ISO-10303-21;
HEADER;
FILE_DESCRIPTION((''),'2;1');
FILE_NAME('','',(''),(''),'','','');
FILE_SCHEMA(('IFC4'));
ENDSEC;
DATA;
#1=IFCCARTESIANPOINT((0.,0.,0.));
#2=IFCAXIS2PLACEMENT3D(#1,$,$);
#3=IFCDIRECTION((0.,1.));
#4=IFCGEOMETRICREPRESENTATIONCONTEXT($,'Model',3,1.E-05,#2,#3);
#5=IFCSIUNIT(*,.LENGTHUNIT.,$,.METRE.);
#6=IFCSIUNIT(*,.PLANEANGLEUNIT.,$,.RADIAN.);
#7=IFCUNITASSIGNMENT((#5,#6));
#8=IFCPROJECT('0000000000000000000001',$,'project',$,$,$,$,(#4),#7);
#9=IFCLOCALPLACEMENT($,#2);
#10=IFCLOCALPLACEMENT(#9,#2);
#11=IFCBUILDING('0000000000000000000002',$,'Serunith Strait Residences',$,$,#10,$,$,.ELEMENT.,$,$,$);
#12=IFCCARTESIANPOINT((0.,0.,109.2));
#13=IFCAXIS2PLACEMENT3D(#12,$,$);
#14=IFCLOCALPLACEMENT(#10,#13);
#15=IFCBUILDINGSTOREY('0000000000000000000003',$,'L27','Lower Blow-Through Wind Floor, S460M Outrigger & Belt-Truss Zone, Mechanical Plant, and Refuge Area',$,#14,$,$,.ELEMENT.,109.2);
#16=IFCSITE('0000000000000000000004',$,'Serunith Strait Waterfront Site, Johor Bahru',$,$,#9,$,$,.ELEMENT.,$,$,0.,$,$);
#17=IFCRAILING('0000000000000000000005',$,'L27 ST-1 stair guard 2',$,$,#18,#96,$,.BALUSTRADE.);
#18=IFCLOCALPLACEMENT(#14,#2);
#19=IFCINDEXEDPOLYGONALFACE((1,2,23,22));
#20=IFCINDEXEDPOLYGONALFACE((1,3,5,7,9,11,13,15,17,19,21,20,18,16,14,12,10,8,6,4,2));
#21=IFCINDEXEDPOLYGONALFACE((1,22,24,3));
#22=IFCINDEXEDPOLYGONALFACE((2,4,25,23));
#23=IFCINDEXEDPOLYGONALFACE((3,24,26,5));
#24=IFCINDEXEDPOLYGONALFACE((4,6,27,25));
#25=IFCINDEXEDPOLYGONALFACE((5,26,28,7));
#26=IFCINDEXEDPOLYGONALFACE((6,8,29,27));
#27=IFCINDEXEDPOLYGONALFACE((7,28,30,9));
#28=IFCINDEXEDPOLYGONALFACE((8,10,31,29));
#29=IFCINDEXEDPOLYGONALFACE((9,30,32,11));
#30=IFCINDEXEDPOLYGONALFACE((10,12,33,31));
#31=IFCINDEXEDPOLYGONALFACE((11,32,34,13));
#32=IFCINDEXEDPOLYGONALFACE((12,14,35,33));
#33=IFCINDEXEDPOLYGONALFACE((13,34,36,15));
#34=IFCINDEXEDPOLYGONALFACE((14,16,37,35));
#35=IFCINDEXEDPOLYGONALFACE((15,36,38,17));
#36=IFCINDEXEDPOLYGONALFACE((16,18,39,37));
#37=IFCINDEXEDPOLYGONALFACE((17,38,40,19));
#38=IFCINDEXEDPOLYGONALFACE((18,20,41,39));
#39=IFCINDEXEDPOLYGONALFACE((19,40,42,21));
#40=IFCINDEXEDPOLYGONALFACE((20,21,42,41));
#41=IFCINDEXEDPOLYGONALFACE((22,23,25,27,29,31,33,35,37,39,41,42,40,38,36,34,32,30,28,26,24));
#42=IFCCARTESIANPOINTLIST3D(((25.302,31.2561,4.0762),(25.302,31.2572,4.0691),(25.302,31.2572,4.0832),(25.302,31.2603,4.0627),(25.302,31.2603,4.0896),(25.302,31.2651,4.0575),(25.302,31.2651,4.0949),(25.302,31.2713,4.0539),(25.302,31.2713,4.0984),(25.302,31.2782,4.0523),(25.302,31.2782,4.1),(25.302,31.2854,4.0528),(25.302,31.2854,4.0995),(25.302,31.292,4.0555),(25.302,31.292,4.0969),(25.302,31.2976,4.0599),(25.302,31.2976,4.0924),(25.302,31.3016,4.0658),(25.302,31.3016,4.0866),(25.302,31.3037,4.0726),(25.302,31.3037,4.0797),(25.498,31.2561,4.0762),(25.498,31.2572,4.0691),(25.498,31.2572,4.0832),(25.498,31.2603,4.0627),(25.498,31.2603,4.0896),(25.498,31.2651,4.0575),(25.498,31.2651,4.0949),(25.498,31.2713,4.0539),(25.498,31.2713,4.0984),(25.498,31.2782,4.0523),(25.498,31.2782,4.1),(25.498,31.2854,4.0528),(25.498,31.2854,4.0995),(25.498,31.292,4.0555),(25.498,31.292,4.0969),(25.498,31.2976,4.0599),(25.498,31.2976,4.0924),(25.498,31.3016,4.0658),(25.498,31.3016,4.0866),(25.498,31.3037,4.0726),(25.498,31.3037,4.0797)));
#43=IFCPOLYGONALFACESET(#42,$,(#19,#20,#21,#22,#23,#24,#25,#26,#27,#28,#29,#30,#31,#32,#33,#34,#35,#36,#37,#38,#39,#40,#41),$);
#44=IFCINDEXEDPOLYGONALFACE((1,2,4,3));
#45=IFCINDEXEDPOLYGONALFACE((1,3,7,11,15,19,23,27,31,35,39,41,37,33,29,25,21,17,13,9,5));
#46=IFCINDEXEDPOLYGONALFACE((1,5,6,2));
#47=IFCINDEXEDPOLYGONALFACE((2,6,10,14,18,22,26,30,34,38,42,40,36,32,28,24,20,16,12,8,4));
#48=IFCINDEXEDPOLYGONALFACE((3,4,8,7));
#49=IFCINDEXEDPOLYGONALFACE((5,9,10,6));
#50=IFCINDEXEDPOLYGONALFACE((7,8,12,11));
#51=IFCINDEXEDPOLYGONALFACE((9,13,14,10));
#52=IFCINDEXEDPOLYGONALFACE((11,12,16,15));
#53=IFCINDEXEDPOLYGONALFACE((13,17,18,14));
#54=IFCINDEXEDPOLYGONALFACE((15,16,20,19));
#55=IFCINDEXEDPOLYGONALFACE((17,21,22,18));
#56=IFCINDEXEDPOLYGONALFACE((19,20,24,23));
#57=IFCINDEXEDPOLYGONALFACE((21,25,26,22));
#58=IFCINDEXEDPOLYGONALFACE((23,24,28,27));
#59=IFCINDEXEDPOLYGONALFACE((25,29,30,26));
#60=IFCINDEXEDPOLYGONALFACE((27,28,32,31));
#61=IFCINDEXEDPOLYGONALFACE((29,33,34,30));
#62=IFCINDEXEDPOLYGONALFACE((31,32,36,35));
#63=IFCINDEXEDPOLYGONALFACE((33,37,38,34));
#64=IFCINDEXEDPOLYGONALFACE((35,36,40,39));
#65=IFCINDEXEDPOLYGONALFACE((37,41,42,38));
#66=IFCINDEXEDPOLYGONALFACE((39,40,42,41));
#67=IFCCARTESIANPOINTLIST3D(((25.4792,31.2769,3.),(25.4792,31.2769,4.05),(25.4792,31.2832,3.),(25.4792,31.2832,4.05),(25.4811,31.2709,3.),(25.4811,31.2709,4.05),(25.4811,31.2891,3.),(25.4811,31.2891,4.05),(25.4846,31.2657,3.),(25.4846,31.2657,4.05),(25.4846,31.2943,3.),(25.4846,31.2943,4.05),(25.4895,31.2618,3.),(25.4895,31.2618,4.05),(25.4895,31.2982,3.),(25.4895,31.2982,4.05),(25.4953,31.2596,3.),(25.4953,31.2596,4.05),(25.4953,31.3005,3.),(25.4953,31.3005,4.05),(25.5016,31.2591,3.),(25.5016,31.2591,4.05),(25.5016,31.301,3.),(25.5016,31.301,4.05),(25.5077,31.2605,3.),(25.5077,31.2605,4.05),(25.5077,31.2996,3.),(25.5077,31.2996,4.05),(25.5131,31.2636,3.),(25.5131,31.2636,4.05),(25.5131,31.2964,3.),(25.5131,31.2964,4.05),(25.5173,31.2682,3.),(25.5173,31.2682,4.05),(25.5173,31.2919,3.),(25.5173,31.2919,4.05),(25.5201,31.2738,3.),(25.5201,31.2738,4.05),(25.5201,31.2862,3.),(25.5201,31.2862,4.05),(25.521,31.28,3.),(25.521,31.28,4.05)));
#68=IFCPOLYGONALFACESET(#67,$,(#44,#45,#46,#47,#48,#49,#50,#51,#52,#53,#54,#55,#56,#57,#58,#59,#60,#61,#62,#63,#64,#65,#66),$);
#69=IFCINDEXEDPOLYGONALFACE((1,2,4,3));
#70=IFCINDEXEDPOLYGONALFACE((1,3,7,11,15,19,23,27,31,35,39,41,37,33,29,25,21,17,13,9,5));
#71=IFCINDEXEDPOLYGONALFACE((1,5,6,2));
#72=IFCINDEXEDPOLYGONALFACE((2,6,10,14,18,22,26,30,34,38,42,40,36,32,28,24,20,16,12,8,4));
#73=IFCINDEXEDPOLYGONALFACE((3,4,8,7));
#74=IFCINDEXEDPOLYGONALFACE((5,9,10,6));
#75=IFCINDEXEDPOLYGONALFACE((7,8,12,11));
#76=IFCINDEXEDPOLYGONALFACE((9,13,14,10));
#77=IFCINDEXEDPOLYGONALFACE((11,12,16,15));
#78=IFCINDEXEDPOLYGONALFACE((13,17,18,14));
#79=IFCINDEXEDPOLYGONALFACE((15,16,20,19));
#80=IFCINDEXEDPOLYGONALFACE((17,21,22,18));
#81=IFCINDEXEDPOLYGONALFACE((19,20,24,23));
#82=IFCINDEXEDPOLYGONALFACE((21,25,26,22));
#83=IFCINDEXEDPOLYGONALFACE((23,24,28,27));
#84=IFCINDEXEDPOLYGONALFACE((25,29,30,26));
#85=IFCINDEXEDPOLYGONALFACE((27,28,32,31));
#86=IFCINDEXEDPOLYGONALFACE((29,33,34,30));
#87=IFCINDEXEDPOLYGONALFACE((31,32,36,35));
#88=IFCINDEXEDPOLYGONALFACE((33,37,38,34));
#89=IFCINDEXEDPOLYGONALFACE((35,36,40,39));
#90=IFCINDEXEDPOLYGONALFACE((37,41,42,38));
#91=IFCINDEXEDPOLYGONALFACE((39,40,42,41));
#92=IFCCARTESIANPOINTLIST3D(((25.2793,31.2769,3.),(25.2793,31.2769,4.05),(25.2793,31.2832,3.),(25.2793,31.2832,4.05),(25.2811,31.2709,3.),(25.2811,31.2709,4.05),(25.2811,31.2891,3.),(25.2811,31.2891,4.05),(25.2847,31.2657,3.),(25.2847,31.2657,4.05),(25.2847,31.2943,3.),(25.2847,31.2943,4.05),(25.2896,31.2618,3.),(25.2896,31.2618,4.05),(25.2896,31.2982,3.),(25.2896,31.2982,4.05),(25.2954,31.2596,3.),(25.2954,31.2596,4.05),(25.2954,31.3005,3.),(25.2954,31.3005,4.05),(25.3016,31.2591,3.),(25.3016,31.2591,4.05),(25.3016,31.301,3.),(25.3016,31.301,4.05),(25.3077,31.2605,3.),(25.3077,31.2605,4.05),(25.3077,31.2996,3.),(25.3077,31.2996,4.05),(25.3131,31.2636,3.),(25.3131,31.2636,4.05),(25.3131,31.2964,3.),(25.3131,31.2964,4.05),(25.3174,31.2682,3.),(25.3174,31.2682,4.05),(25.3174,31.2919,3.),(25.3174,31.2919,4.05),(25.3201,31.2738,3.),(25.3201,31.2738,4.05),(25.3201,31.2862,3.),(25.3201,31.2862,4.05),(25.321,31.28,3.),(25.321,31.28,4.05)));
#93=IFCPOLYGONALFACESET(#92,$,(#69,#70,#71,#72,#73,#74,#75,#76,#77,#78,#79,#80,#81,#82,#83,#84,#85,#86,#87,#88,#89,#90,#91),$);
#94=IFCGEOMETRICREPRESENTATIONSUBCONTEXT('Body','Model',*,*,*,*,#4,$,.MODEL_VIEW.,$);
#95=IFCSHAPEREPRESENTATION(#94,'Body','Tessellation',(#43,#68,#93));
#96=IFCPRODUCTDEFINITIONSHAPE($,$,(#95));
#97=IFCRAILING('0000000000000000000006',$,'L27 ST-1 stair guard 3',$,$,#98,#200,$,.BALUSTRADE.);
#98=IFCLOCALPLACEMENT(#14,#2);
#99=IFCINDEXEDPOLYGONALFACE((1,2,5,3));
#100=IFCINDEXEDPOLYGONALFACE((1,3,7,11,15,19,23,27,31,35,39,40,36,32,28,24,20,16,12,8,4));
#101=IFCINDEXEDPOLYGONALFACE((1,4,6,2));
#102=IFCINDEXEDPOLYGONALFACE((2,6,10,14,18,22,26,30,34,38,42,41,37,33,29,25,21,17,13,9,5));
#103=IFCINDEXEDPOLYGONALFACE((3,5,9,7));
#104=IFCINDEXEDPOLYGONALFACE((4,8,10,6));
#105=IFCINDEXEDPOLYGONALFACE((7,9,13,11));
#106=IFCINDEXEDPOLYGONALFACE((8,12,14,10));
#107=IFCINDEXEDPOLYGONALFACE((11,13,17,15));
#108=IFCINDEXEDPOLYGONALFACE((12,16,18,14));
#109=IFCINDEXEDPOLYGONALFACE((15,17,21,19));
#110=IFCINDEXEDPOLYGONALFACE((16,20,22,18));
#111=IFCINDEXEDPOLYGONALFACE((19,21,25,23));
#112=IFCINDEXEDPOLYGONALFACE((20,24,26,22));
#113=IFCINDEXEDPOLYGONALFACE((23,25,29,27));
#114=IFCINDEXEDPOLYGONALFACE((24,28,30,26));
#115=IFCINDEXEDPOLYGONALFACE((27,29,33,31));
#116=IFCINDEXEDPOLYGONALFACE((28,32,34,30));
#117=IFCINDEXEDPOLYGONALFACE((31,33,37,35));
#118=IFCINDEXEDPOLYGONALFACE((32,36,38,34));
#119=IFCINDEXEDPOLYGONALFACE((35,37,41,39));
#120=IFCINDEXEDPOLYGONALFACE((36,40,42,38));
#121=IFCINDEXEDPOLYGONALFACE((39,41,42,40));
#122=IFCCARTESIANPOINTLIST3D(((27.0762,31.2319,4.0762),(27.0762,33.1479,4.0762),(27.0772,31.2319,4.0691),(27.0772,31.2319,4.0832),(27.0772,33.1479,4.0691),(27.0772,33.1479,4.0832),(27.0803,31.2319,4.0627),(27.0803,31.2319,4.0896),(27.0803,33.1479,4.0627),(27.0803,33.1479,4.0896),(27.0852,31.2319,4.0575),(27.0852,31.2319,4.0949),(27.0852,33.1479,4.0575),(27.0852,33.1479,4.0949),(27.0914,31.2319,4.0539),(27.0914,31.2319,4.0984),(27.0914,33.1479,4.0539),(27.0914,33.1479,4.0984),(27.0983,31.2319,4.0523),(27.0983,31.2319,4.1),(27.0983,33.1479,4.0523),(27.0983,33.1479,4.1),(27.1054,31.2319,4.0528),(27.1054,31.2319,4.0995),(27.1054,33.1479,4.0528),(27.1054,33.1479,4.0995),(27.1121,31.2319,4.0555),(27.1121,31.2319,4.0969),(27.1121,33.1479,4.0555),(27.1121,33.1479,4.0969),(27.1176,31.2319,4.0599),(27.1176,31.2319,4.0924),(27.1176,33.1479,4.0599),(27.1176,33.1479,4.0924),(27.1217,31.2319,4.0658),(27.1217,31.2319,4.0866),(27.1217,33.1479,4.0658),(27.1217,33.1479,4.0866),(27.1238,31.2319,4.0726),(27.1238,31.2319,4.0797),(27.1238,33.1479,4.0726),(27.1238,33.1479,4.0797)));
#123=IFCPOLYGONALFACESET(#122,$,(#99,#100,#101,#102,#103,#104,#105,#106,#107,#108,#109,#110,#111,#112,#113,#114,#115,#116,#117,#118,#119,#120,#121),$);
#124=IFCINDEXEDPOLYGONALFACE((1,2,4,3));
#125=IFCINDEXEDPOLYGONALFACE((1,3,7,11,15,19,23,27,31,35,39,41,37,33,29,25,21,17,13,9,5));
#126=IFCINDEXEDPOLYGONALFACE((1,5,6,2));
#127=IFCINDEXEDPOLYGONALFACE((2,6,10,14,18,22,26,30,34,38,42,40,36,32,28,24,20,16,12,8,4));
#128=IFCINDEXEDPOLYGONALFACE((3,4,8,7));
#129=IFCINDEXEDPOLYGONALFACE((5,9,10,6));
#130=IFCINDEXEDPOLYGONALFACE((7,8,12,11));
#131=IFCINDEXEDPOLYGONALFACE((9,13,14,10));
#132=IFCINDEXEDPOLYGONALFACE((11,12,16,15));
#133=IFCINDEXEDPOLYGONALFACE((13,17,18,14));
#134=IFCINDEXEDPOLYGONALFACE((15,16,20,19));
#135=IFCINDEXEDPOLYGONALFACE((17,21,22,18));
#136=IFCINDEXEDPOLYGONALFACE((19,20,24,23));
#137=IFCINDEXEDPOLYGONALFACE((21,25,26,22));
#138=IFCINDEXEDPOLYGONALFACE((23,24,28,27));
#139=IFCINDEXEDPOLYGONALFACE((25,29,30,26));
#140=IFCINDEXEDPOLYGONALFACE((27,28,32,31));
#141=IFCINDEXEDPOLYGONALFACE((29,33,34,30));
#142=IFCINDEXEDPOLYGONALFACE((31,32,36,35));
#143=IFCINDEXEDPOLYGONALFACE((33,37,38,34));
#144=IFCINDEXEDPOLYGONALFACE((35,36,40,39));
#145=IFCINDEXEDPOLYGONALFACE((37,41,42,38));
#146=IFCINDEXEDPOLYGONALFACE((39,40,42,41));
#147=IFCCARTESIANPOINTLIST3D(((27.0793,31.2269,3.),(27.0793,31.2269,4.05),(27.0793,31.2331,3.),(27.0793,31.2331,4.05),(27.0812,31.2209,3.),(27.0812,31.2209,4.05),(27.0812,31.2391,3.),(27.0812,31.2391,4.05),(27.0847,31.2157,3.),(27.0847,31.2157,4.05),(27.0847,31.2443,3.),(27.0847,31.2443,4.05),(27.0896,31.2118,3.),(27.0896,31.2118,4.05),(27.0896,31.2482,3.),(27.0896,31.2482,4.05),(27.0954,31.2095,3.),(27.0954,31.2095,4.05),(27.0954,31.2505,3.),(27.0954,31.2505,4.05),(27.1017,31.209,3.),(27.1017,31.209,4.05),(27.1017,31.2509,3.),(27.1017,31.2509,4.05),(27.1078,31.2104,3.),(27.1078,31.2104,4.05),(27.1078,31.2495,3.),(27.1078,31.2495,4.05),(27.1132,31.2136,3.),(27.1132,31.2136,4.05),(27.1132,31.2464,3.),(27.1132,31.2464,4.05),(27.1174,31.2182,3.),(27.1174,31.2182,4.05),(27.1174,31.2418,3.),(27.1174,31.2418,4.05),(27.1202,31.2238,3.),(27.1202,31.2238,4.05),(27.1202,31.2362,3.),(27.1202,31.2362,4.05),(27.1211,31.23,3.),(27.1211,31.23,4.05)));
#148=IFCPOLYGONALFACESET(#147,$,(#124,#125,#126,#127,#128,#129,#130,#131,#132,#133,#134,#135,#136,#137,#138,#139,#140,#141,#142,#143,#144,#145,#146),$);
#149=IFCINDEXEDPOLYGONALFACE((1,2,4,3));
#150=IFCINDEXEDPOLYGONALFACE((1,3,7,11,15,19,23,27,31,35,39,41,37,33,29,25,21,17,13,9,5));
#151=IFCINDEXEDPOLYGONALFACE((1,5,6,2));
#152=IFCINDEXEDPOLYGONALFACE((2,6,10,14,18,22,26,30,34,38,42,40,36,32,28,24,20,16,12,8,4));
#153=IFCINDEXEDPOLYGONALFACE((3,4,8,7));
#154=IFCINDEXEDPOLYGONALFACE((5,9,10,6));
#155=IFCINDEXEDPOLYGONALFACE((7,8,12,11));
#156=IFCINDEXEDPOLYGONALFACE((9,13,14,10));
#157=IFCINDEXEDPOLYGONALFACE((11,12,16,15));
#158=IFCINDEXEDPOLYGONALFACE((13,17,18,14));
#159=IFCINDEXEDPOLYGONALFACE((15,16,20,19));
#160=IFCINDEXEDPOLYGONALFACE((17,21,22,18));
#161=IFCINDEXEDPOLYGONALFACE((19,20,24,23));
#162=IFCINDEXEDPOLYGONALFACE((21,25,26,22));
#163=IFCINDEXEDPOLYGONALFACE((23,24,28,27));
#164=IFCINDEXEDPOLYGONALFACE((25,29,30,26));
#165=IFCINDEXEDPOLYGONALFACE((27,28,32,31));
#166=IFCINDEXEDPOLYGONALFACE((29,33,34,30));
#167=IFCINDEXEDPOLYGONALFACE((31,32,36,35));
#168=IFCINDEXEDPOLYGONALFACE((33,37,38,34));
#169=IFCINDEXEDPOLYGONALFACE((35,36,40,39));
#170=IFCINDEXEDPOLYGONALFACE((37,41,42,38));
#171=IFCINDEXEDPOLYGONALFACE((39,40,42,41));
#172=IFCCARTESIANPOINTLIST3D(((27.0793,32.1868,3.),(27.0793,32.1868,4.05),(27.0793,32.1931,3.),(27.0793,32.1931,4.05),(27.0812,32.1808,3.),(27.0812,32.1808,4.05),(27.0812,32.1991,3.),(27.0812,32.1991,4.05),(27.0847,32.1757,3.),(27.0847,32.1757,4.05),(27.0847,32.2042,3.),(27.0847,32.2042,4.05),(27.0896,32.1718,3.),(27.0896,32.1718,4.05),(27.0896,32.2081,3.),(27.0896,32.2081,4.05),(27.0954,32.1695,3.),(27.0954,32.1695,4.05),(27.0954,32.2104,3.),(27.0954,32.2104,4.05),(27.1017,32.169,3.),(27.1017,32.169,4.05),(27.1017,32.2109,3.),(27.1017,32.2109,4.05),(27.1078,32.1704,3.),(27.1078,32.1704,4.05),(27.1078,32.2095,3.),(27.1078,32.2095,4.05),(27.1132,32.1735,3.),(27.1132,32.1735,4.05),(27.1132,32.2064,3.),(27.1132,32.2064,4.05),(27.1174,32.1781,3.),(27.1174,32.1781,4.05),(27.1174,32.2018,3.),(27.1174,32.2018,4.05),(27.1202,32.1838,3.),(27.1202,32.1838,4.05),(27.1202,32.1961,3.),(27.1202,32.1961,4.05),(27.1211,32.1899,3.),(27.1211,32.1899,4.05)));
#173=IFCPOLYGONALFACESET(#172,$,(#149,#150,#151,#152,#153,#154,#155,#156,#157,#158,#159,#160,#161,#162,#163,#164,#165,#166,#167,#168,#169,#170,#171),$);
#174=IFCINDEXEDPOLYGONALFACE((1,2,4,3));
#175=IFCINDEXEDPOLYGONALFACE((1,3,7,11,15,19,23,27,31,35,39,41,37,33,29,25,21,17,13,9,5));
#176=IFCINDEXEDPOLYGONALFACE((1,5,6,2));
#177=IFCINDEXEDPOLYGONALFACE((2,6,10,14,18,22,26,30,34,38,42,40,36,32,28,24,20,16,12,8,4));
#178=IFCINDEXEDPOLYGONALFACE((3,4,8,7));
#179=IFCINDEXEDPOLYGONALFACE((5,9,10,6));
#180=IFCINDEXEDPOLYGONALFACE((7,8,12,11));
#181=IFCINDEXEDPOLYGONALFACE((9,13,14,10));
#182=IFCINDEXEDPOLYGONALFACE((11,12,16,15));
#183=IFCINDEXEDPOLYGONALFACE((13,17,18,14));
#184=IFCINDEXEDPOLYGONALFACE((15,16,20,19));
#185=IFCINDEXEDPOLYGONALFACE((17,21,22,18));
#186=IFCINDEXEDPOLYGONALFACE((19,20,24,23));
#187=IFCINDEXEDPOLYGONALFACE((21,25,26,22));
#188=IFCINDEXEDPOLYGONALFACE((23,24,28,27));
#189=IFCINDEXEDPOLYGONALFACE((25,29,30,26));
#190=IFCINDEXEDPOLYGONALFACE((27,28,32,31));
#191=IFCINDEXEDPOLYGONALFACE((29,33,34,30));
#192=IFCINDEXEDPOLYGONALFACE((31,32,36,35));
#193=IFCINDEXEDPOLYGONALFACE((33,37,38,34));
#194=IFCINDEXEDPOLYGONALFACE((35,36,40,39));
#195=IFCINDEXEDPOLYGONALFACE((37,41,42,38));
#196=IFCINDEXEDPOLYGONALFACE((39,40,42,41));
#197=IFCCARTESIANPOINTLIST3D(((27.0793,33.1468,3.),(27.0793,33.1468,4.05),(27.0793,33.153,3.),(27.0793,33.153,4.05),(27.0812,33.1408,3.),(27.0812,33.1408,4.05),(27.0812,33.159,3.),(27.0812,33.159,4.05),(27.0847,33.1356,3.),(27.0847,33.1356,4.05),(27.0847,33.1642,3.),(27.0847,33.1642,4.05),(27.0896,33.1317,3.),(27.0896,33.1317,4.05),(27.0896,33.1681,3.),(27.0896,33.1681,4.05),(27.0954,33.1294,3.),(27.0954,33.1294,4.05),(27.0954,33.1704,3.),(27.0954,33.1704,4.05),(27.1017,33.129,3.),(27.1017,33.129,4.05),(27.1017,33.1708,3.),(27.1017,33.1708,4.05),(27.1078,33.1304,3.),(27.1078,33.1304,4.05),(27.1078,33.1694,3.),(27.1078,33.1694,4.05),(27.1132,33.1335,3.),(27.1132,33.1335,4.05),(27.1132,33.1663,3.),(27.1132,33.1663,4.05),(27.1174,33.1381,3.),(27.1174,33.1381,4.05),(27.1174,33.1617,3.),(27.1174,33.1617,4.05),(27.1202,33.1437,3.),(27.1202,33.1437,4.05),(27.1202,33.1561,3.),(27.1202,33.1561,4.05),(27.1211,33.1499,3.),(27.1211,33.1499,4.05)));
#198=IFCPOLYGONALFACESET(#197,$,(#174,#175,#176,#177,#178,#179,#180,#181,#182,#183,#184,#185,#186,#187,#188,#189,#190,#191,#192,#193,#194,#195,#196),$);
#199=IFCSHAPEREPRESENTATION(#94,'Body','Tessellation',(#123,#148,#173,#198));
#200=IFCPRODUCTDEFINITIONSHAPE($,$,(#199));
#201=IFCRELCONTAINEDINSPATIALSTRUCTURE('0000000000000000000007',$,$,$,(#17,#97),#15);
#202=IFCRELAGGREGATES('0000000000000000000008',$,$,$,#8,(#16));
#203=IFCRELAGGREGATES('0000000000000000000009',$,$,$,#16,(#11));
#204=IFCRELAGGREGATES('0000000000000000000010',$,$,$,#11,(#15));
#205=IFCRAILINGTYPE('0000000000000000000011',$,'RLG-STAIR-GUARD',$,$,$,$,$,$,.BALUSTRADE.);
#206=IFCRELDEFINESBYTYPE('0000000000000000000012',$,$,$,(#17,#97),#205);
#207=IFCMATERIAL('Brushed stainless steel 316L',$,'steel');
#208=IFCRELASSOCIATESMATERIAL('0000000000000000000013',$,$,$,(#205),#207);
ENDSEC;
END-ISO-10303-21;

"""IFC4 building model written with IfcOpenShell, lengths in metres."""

from ifc_helpers import new_model, si_unit, direction, frame, origin, origin_2d, place, context, subcontext, project, spatial, circle, extrude, material, type_object, element, save


model = new_model("IFC4")

# Units and contexts
model_context = context("Model", 3, precision=1e-05, world=origin(), true_north=direction((0.0, 1.0)))
body_context = subcontext(model_context, "Body", "Model", "MODEL_VIEW")
ifc_project = project(units=[si_unit("LENGTHUNIT", "METRE"), si_unit("PLANEANGLEUNIT", "RADIAN")], contexts=[model_context])

# Site, building, storey
site_placement = place(None, origin())
site = spatial("IfcSite", under=ifc_project, at=site_placement, Name="Serunith Strait Waterfront Site, Johor Bahru", CompositionType="ELEMENT", RefElevation=0.0)
building_placement = place(site_placement, origin())
building = spatial("IfcBuilding", under=site, at=building_placement, Name="Serunith Strait Residences", CompositionType="ELEMENT")
storey_placement = place(building_placement, frame((0.0, 0.0, 109.2)))
storey = spatial("IfcBuildingStorey", under=building, at=storey_placement, Name="L27", Description="Lower Blow-Through Wind Floor, S460M Outrigger & Belt-Truss Zone, Mechanical Plant, and Refuge Area", CompositionType="ELEMENT", Elevation=109.2)

# Railings
ifc_material_1 = material(Name="Brushed stainless steel 316L", Category="steel")
railing_type_1 = type_object("IfcRailingType", Name="RLG-STAIR-GUARD", PredefinedType="BALUSTRADE", material=ifc_material_1)
railing_1_placement = place(storey_placement, frame((25.5, 31.28, 3.0)))
element("IfcRailing", 1, at=railing_1_placement, inside=storey, type_object=railing_type_1, Name="L27 ST-1 stair guard 2", PredefinedType="BALUSTRADE", context=body_context, shape_type="SweptSolid", body=[
    extrude(circle(Radius=0.0239, at=origin_2d()), frame((-0.002, 0.0, 1.0762), z_axis=(-1.0, 0.0, 0.0), x_axis=(0.0, -1.0, 0.0)), (0.0, 0.0, 1.0), 0.196),
    extrude(circle(Radius=0.021, at=origin_2d()), origin(), (0.0, 0.0, 1.0), 1.05),
    extrude(circle(Radius=0.021, at=origin_2d()), frame((-0.2, 0.0, 0.0)), (0.0, 0.0, 1.0), 1.05),
])
for number, where, name in (
    (2, (27.1001, 31.23, 3.0), "L27 ST-1 stair guard 3"),
):
    element("IfcRailing", number, at=place(storey_placement, frame(where)), inside=storey, type_object=railing_type_1, Name=name, PredefinedType="BALUSTRADE", context=body_context, shape_type="SweptSolid", body=[
        extrude(circle(Radius=0.0239, at=origin_2d()), frame((0.0, 0.002, 1.0762), z_axis=(0.0, 1.0, 0.0), x_axis=(-1.0, 0.0, 0.0)), (0.0, 0.0, 1.0), 1.916),
        extrude(circle(Radius=0.021, at=origin_2d()), origin(), (0.0, 0.0, 1.0), 1.05),
        extrude(circle(Radius=0.021, at=origin_2d()), frame((0.0, 0.96, 0.0)), (0.0, 0.0, 1.0), 1.05),
        extrude(circle(Radius=0.021, at=origin_2d()), frame((0.0, 1.9199, 0.0)), (0.0, 0.0, 1.0), 1.05),
    ])

save(model, "model.ifc")
